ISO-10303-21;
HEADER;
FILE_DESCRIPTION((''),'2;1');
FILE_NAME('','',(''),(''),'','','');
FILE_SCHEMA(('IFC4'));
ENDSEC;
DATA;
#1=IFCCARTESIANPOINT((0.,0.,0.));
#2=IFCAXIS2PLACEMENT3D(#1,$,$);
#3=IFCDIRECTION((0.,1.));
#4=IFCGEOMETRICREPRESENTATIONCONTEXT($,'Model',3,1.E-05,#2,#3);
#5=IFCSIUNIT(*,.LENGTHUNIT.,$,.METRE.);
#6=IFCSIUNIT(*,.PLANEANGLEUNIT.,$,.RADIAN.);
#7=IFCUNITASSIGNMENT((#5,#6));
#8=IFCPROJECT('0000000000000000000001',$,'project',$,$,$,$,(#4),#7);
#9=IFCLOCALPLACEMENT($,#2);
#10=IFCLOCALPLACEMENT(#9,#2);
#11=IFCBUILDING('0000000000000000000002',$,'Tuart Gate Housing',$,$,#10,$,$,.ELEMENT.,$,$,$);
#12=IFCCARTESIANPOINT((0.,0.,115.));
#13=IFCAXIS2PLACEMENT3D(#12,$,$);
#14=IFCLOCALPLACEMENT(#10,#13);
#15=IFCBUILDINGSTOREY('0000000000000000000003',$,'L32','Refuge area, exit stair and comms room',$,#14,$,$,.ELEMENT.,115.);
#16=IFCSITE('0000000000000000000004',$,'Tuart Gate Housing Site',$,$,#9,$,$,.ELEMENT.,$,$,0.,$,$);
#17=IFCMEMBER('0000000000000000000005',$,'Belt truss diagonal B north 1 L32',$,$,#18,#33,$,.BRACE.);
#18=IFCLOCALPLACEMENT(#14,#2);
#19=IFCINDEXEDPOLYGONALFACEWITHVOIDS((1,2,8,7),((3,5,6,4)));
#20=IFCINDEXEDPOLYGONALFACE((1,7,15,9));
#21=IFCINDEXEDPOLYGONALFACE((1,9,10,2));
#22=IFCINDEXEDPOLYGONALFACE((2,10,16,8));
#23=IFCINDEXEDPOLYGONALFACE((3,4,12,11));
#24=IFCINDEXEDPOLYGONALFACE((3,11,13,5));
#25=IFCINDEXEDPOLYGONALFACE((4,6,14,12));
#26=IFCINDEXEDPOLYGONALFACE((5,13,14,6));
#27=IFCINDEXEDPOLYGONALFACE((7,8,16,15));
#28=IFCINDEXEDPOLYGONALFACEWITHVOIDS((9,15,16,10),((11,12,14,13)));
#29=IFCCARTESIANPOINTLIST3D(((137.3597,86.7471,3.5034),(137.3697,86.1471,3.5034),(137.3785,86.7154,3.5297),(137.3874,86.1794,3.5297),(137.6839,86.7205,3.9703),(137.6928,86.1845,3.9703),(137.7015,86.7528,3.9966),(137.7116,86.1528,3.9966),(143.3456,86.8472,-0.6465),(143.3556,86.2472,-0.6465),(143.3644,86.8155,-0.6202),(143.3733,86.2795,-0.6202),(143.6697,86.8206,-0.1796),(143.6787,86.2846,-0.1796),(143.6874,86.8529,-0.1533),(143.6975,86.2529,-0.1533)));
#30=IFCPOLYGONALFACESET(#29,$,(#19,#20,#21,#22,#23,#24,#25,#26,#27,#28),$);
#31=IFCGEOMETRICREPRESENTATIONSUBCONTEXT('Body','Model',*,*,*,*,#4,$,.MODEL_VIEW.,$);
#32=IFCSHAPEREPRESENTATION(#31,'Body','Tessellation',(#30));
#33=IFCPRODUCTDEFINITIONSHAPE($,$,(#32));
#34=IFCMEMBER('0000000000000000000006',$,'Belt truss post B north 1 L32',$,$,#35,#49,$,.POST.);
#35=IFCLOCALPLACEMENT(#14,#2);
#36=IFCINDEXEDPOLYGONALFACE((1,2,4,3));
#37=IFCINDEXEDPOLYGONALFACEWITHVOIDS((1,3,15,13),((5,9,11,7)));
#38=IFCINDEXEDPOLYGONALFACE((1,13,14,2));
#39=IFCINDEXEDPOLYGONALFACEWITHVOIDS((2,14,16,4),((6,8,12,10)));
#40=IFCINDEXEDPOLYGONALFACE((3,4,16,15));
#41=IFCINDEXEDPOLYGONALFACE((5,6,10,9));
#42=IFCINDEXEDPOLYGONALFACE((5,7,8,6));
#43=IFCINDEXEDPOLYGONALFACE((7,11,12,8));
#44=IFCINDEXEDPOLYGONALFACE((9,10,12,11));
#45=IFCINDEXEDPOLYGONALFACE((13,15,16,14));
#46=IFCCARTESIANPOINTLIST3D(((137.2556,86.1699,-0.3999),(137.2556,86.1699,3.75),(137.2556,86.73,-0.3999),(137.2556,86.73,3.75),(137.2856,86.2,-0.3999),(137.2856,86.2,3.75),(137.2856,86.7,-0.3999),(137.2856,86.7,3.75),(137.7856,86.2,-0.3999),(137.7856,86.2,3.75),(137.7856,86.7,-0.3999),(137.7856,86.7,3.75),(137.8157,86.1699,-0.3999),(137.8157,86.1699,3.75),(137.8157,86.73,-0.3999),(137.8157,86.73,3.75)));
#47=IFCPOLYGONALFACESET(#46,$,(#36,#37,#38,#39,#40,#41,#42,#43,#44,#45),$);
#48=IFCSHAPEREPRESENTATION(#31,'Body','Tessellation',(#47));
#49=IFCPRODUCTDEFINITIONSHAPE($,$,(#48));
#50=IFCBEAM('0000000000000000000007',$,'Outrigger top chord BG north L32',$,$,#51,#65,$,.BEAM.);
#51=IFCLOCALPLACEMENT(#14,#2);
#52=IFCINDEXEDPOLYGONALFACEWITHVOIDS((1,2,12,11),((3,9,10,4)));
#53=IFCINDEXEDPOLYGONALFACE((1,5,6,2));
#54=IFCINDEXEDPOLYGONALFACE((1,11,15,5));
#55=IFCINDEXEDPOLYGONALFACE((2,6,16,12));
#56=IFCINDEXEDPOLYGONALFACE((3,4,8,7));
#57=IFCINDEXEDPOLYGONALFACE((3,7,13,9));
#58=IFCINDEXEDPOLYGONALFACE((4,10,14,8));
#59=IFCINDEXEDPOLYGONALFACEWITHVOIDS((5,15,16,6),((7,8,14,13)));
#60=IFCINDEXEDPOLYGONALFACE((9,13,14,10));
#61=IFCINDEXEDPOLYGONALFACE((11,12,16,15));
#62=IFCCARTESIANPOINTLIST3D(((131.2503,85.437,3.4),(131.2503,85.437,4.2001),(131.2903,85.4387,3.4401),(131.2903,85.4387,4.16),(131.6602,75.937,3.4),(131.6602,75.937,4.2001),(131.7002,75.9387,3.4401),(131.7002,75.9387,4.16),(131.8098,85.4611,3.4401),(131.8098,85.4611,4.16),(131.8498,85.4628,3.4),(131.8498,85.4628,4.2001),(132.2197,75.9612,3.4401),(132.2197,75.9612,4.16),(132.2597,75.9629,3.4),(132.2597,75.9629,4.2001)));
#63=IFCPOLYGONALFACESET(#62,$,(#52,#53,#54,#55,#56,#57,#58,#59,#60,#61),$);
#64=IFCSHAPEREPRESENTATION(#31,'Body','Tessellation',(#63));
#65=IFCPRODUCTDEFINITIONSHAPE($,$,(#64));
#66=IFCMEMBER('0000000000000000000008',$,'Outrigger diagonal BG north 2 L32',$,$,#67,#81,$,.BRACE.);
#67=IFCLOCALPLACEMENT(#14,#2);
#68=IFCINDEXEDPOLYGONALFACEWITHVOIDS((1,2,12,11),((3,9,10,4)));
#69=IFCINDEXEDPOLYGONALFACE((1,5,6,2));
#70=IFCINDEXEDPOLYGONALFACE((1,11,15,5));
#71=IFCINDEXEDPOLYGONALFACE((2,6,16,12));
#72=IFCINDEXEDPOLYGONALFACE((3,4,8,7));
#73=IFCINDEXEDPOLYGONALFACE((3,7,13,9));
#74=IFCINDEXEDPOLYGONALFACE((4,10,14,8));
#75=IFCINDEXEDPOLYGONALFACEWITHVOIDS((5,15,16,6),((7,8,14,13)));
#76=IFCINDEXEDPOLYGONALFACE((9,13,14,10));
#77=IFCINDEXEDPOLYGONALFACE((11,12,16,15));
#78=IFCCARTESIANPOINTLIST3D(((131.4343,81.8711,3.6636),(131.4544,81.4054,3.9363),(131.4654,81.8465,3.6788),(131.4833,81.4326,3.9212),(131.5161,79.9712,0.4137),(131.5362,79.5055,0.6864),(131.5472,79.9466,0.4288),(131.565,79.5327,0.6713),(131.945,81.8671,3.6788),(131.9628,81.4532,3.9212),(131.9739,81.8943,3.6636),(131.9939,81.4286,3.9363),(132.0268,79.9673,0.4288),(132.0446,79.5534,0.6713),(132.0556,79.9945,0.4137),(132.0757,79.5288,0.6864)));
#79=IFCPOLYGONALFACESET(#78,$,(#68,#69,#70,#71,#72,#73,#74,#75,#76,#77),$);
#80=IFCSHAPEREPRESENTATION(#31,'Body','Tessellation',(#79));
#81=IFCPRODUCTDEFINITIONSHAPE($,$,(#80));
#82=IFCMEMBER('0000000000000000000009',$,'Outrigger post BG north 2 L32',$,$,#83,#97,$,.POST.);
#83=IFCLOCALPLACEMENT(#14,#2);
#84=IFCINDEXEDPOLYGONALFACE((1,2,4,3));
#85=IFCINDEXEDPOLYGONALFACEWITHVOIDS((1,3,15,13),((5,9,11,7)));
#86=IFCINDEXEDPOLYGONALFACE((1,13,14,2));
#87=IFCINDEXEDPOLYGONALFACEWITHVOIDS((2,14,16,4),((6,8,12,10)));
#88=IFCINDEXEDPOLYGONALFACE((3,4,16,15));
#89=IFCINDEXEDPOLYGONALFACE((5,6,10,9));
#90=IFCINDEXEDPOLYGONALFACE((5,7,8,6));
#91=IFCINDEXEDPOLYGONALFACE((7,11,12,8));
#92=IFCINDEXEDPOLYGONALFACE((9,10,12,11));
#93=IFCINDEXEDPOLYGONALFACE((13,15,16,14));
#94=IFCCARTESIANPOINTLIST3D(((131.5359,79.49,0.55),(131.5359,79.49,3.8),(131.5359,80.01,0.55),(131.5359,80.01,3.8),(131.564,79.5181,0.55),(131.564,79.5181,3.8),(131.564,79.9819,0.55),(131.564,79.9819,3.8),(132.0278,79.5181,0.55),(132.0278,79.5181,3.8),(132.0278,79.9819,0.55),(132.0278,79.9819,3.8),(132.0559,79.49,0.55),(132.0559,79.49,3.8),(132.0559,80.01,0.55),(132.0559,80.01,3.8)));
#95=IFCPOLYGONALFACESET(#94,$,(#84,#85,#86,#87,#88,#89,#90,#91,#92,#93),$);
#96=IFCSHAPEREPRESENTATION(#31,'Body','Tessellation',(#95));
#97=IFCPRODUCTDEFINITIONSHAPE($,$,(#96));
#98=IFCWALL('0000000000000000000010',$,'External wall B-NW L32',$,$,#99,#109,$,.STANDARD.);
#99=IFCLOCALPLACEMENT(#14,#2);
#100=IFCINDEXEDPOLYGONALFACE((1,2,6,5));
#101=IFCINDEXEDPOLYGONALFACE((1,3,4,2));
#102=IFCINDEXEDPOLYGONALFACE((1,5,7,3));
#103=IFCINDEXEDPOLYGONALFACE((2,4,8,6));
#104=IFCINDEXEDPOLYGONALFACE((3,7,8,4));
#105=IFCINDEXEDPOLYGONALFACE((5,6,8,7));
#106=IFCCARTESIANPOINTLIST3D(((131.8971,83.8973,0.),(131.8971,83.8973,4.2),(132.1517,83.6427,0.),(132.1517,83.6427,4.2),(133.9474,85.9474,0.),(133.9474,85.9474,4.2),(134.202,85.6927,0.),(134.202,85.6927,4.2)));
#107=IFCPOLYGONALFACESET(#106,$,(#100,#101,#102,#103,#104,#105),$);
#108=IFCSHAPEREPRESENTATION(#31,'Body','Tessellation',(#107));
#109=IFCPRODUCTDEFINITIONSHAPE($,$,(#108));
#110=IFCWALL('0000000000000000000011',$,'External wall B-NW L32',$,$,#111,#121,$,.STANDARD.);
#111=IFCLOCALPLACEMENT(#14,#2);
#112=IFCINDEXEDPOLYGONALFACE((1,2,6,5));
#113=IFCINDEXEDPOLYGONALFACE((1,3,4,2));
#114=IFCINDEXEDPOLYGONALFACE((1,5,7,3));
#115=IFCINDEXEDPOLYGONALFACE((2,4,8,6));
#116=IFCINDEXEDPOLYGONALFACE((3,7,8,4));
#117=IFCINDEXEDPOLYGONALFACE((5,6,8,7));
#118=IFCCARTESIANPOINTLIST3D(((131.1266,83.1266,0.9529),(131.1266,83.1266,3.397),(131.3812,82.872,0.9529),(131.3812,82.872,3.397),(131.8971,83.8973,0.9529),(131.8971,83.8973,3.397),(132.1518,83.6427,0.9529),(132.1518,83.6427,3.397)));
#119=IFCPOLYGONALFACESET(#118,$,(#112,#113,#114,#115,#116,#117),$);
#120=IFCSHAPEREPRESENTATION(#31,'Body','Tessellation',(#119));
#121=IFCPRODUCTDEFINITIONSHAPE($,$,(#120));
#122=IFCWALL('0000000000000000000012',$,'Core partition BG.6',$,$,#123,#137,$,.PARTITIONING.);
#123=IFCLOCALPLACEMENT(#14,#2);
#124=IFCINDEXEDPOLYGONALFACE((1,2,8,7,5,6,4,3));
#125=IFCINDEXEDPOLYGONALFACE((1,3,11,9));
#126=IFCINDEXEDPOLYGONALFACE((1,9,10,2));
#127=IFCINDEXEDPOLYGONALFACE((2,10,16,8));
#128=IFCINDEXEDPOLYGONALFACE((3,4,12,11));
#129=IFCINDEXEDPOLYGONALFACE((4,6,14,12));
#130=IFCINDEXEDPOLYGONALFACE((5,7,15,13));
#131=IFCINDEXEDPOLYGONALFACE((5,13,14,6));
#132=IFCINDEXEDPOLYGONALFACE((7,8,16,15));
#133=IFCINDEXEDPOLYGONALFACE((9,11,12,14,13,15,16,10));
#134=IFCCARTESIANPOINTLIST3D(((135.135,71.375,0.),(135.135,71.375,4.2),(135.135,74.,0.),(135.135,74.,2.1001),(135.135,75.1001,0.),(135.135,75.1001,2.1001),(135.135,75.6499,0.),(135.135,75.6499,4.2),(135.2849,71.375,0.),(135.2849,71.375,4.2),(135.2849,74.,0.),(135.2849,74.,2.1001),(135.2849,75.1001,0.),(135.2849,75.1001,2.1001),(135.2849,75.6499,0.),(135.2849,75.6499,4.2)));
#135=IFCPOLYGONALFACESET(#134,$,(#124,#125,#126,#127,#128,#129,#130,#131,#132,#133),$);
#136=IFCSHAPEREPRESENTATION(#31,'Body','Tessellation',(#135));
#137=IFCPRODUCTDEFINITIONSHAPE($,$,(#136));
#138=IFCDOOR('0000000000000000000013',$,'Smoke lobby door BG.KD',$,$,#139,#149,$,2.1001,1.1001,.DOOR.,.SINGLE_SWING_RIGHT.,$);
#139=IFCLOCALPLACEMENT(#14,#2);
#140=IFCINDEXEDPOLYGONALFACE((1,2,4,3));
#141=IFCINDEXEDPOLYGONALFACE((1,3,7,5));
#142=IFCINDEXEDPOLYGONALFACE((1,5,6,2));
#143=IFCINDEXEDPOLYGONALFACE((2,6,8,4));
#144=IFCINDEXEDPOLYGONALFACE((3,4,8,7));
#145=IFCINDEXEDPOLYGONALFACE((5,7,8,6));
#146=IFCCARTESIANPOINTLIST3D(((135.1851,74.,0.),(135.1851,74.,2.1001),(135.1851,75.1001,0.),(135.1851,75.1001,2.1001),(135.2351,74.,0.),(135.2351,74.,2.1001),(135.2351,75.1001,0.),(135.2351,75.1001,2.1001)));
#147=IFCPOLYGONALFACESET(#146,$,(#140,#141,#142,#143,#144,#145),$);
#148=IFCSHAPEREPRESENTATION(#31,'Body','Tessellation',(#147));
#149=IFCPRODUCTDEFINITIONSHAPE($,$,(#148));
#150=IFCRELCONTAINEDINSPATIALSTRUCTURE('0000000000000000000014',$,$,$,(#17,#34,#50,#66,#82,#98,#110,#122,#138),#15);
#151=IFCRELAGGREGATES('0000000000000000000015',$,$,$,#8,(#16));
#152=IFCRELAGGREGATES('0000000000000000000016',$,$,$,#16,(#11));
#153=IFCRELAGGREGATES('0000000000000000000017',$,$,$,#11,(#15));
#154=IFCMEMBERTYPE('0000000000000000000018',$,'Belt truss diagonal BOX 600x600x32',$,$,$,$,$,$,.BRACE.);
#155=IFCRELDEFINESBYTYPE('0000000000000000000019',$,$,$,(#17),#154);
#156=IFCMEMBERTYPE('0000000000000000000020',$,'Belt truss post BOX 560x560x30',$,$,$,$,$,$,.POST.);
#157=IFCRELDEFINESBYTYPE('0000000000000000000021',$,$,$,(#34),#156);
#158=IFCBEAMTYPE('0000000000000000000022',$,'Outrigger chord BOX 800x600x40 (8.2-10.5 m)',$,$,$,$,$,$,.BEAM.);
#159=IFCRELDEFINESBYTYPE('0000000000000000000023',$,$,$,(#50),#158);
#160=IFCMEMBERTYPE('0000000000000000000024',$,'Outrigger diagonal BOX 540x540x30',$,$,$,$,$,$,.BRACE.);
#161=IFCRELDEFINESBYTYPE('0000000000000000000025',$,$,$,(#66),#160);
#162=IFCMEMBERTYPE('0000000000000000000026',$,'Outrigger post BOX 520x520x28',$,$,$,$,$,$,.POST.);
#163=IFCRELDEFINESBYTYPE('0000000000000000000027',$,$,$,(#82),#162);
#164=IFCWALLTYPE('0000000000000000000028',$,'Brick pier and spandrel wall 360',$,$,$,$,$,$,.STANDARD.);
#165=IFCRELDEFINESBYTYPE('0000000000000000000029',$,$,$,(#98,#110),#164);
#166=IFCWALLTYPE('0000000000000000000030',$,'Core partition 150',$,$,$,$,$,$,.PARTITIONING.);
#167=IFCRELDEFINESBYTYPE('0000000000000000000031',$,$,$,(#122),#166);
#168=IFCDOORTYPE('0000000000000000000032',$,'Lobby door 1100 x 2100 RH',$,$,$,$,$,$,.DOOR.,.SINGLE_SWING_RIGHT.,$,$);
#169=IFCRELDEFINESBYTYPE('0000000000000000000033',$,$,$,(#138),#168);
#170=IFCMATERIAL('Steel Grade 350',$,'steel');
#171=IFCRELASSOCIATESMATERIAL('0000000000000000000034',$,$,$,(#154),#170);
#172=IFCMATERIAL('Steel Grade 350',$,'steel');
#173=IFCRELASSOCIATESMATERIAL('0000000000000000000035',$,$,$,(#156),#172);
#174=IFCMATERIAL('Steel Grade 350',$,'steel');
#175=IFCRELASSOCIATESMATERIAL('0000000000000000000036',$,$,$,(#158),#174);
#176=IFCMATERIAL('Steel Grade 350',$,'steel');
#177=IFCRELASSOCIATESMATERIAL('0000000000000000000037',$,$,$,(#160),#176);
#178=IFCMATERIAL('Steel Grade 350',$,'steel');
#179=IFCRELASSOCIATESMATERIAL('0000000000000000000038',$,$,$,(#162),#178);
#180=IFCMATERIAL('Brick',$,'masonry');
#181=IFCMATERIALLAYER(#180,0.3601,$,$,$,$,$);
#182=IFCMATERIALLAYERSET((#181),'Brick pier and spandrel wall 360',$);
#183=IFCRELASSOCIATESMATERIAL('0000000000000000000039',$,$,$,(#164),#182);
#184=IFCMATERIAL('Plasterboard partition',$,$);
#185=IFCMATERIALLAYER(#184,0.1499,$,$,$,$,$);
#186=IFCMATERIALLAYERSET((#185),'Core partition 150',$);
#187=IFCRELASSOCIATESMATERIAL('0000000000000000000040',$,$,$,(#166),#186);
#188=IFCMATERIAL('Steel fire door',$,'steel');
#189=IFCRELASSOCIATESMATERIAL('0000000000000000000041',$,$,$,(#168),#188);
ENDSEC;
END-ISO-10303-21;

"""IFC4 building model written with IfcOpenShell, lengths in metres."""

from ifc_helpers import new_model, si_unit, direction, frame, frame_2d, origin, origin_2d, place, context, subcontext, project, spatial, rectangle, hollow_rectangle, extrude, material, layer, layer_set, material_profile, profile_set, type_object, element, fill, save


model = new_model("IFC4")

# Units and contexts
model_context = context("Model", 3, precision=1e-05, world=origin(), true_north=direction((0.0, 1.0)))
body_context = subcontext(model_context, "Body", "Model", "MODEL_VIEW")
ifc_project = project(units=[si_unit("LENGTHUNIT", "METRE"), si_unit("PLANEANGLEUNIT", "RADIAN")], contexts=[model_context])

# Site, building, storey
site_placement = place(None, origin())
site = spatial("IfcSite", under=ifc_project, at=site_placement, Name="Tuart Gate Housing Site", CompositionType="ELEMENT", RefElevation=0.0)
building_placement = place(site_placement, origin())
building = spatial("IfcBuilding", under=site, at=building_placement, Name="Tuart Gate Housing", CompositionType="ELEMENT")
storey_placement = place(building_placement, frame((0.0, 0.0, 115.0)))
storey = spatial("IfcBuildingStorey", under=building, at=storey_placement, Name="L32", Description="Refuge area, exit stair and comms room", CompositionType="ELEMENT", Elevation=115.0)

# Members
ifc_material_1 = material(Name="Steel Grade 350", Category="steel")
ifc_material_profile_1 = material_profile(ifc_material_1, hollow_rectangle(XDim=0.6001, YDim=0.6001, WallThickness=0.032, at=origin_2d()), Name="BOX 600x600x32")
ifc_profile_set_1 = profile_set([ifc_material_profile_1], Name="Steel Grade 350")
member_type_1 = type_object("IfcMemberType", Name="Belt truss diagonal BOX 600x600x32", PredefinedType="BRACE", material=ifc_profile_set_1)
member_1_placement = place(storey_placement, frame((137.5356, 86.45, 3.75), z_axis=(0.821738, 0.013741, -0.5697), x_axis=(-0.01672, 0.99986, 0.0)))
element("IfcMember", 1, at=member_1_placement, inside=storey, type_object=member_type_1, Name="Belt truss diagonal B north 1 L32", PredefinedType="BRACE", context=body_context, shape_type="SweptSolid", body=[
    extrude(hollow_rectangle(XDim=0.6001, YDim=0.6001, WallThickness=0.032, at=origin_2d()), origin(), (0.0, 0.0, 1.0), 7.2844),
])
ifc_material_2 = material(Name="Steel Grade 350", Category="steel")
ifc_material_profile_2 = material_profile(ifc_material_2, hollow_rectangle(XDim=0.5601, YDim=0.5601, WallThickness=0.03, at=origin_2d()), Name="BOX 560x560x30")
ifc_profile_set_2 = profile_set([ifc_material_profile_2], Name="Steel Grade 350")
member_type_2 = type_object("IfcMemberType", Name="Belt truss post BOX 560x560x30", PredefinedType="POST", material=ifc_profile_set_2)
member_2_placement = place(storey_placement, frame((137.5356, 86.45, -0.3999), z_axis=(0.0, 0.0, 1.0), x_axis=(1.0, 0.0, 0.0)))
element("IfcMember", 2, at=member_2_placement, inside=storey, type_object=member_type_2, Name="Belt truss post B north 1 L32", PredefinedType="POST", context=body_context, shape_type="SweptSolid", body=[
    extrude(hollow_rectangle(XDim=0.5601, YDim=0.5601, WallThickness=0.03, at=origin_2d()), origin(), (0.0, 0.0, 1.0), 4.1499),
])

# Beam
ifc_material_3 = material(Name="Steel Grade 350", Category="steel")
ifc_material_profile_3 = material_profile(ifc_material_3, hollow_rectangle(XDim=0.6001, YDim=0.8, WallThickness=0.04, at=origin_2d()), Name="BOX 800x600x40")
ifc_profile_set_3 = profile_set([ifc_material_profile_3], Name="Steel Grade 350")
beam_type = type_object("IfcBeamType", Name="Outrigger chord BOX 800x600x40 (8.2-10.5 m)", PredefinedType="BEAM", material=ifc_profile_set_3)
beam_placement = place(storey_placement, frame((131.96, 75.95, 3.8), z_axis=(-0.043109, 0.99907, 0.0), x_axis=(-0.99907, -0.043109, 0.0)))
element("IfcBeam", 3, at=beam_placement, inside=storey, type_object=beam_type, Name="Outrigger top chord BG north L32", PredefinedType="BEAM", context=body_context, shape_type="SweptSolid", body=[
    extrude(hollow_rectangle(XDim=0.6001, YDim=0.8, WallThickness=0.04, at=origin_2d()), origin(), (0.0, 0.0, 1.0), 9.5088),
])

# Members
ifc_material_4 = material(Name="Steel Grade 350", Category="steel")
ifc_material_profile_4 = material_profile(ifc_material_4, hollow_rectangle(XDim=0.54, YDim=0.54, WallThickness=0.03, at=origin_2d()), Name="BOX 540x540x30")
ifc_profile_set_4 = profile_set([ifc_material_profile_4], Name="Steel Grade 350")
member_type_3 = type_object("IfcMemberType", Name="Outrigger diagonal BOX 540x540x30", PredefinedType="BRACE", material=ifc_profile_set_4)
member_3_placement = place(storey_placement, frame((131.7959, 79.75, 0.55), z_axis=(-0.02172, 0.504558, 0.863104), x_axis=(-0.999075, -0.043008, 0.0)))
element("IfcMember", 4, at=member_3_placement, inside=storey, type_object=member_type_3, Name="Outrigger diagonal BG north 2 L32", PredefinedType="BRACE", context=body_context, shape_type="SweptSolid", body=[
    extrude(hollow_rectangle(XDim=0.54, YDim=0.54, WallThickness=0.03, at=origin_2d()), origin(), (0.0, 0.0, 1.0), 3.7654),
])
ifc_material_5 = material(Name="Steel Grade 350", Category="steel")
ifc_material_profile_5 = material_profile(ifc_material_5, hollow_rectangle(XDim=0.52, YDim=0.52, WallThickness=0.0281, at=origin_2d()), Name="BOX 520x520x28")
ifc_profile_set_5 = profile_set([ifc_material_profile_5], Name="Steel Grade 350")
member_type_4 = type_object("IfcMemberType", Name="Outrigger post BOX 520x520x28", PredefinedType="POST", material=ifc_profile_set_5)
member_4_placement = place(storey_placement, frame((131.7959, 79.75, 0.55), z_axis=(0.0, 0.0, 1.0), x_axis=(1.0, 0.0, 0.0)))
element("IfcMember", 5, at=member_4_placement, inside=storey, type_object=member_type_4, Name="Outrigger post BG north 2 L32", PredefinedType="POST", context=body_context, shape_type="SweptSolid", body=[
    extrude(hollow_rectangle(XDim=0.52, YDim=0.52, WallThickness=0.0281, at=origin_2d()), origin(), (0.0, 0.0, 1.0), 3.25),
])

# Walls
ifc_material_6 = material(Name="Brick", Category="masonry")
ifc_layer_1 = layer(ifc_material_6, 0.3601)
ifc_layer_set_1 = layer_set([ifc_layer_1], Name="Brick pier and spandrel wall 360")
wall_type_1 = type_object("IfcWallType", Name="Brick pier and spandrel wall 360", PredefinedType="STANDARD", material=ifc_layer_set_1)
wall_1_placement = place(storey_placement, frame((134.0747, 85.8201, 0.0), z_axis=(0.0, 0.0, 1.0), x_axis=(-0.707149, -0.707065, 0.0)))
element("IfcWall", 6, at=wall_1_placement, inside=storey, type_object=wall_type_1, Name="External wall B-NW L32", PredefinedType="STANDARD", context=body_context, shape_type="SweptSolid", body=[
    extrude(rectangle(XDim=2.8994, YDim=0.3601, at=frame_2d((1.4497, 0.0))), origin(), (0.0, 0.0, 1.0), 4.2),
])
wall_2_placement = place(storey_placement, frame((132.0244, 83.77, 0.9529), z_axis=(0.0, 0.0, 1.0), x_axis=(-0.706995, -0.707219, 0.0)))
element("IfcWall", 7, at=wall_2_placement, inside=storey, type_object=wall_type_1, Name="External wall B-NW L32", PredefinedType="STANDARD", context=body_context, shape_type="SweptSolid", body=[
    extrude(rectangle(XDim=1.0898, YDim=0.3601, at=frame_2d((0.5449, 0.0))), origin(), (0.0, 0.0, 1.0), 2.4441),
])

# Wall, opening, door
ifc_material_7 = material(Name="Plasterboard partition")
ifc_layer_2 = layer(ifc_material_7, 0.1499)
ifc_layer_set_2 = layer_set([ifc_layer_2], Name="Core partition 150")
wall_type_2 = type_object("IfcWallType", Name="Core partition 150", PredefinedType="PARTITIONING", material=ifc_layer_set_2)
wall_3_placement = place(storey_placement, frame((135.21, 71.375, 0.0), z_axis=(0.0, 0.0, 1.0), x_axis=(0.0, 1.0, 0.0)))
wall_3 = element("IfcWall", 8, at=wall_3_placement, inside=storey, type_object=wall_type_2, Name="Core partition BG.6", PredefinedType="PARTITIONING", context=body_context, shape_type="SweptSolid", body=[
    extrude(rectangle(XDim=4.2749, YDim=0.1499, at=frame_2d((2.1375, 0.0))), origin(), (0.0, 0.0, 1.0), 4.2),
])
opening_1_placement = place(wall_3_placement, frame((2.625, 0.0, 0.0)))
opening_1 = element("IfcOpeningElement", 9, at=opening_1_placement, cuts=wall_3, PredefinedType="OPENING", context=body_context, shape_type="SweptSolid", body=[
    extrude(rectangle(XDim=1.1001, YDim=2.1001, at=frame_2d((0.55, 1.05))), frame((0.0, 0.085, 0.0), z_axis=(0.0, -1.0, 0.0), x_axis=(1.0, 0.0, 0.0)), (0.0, 0.0, 1.0), 0.1699),
])
ifc_material_8 = material(Name="Steel fire door", Category="steel")
door_type_1 = type_object("IfcDoorType", Name="Lobby door 1100 x 2100 RH", OperationType="SINGLE_SWING_RIGHT", PredefinedType="DOOR", material=ifc_material_8)
door_1_placement = place(opening_1_placement, origin())
door_1 = element("IfcDoor", 10, at=door_1_placement, inside=storey, type_object=door_type_1, Name="Smoke lobby door BG.KD", OperationType="SINGLE_SWING_RIGHT", OverallHeight=2.1001, OverallWidth=1.1001, PredefinedType="DOOR", context=body_context, shape_type="SweptSolid", body=[
    extrude(rectangle(XDim=1.1001, YDim=2.1001, at=frame_2d((0.55, 1.05))), frame((0.0, 0.0249, 0.0), z_axis=(0.0, -1.0, 0.0), x_axis=(1.0, 0.0, 0.0)), (0.0, 0.0, 1.0), 0.05),
])
fill(opening_1, door_1)

save(model, "model.ifc")
